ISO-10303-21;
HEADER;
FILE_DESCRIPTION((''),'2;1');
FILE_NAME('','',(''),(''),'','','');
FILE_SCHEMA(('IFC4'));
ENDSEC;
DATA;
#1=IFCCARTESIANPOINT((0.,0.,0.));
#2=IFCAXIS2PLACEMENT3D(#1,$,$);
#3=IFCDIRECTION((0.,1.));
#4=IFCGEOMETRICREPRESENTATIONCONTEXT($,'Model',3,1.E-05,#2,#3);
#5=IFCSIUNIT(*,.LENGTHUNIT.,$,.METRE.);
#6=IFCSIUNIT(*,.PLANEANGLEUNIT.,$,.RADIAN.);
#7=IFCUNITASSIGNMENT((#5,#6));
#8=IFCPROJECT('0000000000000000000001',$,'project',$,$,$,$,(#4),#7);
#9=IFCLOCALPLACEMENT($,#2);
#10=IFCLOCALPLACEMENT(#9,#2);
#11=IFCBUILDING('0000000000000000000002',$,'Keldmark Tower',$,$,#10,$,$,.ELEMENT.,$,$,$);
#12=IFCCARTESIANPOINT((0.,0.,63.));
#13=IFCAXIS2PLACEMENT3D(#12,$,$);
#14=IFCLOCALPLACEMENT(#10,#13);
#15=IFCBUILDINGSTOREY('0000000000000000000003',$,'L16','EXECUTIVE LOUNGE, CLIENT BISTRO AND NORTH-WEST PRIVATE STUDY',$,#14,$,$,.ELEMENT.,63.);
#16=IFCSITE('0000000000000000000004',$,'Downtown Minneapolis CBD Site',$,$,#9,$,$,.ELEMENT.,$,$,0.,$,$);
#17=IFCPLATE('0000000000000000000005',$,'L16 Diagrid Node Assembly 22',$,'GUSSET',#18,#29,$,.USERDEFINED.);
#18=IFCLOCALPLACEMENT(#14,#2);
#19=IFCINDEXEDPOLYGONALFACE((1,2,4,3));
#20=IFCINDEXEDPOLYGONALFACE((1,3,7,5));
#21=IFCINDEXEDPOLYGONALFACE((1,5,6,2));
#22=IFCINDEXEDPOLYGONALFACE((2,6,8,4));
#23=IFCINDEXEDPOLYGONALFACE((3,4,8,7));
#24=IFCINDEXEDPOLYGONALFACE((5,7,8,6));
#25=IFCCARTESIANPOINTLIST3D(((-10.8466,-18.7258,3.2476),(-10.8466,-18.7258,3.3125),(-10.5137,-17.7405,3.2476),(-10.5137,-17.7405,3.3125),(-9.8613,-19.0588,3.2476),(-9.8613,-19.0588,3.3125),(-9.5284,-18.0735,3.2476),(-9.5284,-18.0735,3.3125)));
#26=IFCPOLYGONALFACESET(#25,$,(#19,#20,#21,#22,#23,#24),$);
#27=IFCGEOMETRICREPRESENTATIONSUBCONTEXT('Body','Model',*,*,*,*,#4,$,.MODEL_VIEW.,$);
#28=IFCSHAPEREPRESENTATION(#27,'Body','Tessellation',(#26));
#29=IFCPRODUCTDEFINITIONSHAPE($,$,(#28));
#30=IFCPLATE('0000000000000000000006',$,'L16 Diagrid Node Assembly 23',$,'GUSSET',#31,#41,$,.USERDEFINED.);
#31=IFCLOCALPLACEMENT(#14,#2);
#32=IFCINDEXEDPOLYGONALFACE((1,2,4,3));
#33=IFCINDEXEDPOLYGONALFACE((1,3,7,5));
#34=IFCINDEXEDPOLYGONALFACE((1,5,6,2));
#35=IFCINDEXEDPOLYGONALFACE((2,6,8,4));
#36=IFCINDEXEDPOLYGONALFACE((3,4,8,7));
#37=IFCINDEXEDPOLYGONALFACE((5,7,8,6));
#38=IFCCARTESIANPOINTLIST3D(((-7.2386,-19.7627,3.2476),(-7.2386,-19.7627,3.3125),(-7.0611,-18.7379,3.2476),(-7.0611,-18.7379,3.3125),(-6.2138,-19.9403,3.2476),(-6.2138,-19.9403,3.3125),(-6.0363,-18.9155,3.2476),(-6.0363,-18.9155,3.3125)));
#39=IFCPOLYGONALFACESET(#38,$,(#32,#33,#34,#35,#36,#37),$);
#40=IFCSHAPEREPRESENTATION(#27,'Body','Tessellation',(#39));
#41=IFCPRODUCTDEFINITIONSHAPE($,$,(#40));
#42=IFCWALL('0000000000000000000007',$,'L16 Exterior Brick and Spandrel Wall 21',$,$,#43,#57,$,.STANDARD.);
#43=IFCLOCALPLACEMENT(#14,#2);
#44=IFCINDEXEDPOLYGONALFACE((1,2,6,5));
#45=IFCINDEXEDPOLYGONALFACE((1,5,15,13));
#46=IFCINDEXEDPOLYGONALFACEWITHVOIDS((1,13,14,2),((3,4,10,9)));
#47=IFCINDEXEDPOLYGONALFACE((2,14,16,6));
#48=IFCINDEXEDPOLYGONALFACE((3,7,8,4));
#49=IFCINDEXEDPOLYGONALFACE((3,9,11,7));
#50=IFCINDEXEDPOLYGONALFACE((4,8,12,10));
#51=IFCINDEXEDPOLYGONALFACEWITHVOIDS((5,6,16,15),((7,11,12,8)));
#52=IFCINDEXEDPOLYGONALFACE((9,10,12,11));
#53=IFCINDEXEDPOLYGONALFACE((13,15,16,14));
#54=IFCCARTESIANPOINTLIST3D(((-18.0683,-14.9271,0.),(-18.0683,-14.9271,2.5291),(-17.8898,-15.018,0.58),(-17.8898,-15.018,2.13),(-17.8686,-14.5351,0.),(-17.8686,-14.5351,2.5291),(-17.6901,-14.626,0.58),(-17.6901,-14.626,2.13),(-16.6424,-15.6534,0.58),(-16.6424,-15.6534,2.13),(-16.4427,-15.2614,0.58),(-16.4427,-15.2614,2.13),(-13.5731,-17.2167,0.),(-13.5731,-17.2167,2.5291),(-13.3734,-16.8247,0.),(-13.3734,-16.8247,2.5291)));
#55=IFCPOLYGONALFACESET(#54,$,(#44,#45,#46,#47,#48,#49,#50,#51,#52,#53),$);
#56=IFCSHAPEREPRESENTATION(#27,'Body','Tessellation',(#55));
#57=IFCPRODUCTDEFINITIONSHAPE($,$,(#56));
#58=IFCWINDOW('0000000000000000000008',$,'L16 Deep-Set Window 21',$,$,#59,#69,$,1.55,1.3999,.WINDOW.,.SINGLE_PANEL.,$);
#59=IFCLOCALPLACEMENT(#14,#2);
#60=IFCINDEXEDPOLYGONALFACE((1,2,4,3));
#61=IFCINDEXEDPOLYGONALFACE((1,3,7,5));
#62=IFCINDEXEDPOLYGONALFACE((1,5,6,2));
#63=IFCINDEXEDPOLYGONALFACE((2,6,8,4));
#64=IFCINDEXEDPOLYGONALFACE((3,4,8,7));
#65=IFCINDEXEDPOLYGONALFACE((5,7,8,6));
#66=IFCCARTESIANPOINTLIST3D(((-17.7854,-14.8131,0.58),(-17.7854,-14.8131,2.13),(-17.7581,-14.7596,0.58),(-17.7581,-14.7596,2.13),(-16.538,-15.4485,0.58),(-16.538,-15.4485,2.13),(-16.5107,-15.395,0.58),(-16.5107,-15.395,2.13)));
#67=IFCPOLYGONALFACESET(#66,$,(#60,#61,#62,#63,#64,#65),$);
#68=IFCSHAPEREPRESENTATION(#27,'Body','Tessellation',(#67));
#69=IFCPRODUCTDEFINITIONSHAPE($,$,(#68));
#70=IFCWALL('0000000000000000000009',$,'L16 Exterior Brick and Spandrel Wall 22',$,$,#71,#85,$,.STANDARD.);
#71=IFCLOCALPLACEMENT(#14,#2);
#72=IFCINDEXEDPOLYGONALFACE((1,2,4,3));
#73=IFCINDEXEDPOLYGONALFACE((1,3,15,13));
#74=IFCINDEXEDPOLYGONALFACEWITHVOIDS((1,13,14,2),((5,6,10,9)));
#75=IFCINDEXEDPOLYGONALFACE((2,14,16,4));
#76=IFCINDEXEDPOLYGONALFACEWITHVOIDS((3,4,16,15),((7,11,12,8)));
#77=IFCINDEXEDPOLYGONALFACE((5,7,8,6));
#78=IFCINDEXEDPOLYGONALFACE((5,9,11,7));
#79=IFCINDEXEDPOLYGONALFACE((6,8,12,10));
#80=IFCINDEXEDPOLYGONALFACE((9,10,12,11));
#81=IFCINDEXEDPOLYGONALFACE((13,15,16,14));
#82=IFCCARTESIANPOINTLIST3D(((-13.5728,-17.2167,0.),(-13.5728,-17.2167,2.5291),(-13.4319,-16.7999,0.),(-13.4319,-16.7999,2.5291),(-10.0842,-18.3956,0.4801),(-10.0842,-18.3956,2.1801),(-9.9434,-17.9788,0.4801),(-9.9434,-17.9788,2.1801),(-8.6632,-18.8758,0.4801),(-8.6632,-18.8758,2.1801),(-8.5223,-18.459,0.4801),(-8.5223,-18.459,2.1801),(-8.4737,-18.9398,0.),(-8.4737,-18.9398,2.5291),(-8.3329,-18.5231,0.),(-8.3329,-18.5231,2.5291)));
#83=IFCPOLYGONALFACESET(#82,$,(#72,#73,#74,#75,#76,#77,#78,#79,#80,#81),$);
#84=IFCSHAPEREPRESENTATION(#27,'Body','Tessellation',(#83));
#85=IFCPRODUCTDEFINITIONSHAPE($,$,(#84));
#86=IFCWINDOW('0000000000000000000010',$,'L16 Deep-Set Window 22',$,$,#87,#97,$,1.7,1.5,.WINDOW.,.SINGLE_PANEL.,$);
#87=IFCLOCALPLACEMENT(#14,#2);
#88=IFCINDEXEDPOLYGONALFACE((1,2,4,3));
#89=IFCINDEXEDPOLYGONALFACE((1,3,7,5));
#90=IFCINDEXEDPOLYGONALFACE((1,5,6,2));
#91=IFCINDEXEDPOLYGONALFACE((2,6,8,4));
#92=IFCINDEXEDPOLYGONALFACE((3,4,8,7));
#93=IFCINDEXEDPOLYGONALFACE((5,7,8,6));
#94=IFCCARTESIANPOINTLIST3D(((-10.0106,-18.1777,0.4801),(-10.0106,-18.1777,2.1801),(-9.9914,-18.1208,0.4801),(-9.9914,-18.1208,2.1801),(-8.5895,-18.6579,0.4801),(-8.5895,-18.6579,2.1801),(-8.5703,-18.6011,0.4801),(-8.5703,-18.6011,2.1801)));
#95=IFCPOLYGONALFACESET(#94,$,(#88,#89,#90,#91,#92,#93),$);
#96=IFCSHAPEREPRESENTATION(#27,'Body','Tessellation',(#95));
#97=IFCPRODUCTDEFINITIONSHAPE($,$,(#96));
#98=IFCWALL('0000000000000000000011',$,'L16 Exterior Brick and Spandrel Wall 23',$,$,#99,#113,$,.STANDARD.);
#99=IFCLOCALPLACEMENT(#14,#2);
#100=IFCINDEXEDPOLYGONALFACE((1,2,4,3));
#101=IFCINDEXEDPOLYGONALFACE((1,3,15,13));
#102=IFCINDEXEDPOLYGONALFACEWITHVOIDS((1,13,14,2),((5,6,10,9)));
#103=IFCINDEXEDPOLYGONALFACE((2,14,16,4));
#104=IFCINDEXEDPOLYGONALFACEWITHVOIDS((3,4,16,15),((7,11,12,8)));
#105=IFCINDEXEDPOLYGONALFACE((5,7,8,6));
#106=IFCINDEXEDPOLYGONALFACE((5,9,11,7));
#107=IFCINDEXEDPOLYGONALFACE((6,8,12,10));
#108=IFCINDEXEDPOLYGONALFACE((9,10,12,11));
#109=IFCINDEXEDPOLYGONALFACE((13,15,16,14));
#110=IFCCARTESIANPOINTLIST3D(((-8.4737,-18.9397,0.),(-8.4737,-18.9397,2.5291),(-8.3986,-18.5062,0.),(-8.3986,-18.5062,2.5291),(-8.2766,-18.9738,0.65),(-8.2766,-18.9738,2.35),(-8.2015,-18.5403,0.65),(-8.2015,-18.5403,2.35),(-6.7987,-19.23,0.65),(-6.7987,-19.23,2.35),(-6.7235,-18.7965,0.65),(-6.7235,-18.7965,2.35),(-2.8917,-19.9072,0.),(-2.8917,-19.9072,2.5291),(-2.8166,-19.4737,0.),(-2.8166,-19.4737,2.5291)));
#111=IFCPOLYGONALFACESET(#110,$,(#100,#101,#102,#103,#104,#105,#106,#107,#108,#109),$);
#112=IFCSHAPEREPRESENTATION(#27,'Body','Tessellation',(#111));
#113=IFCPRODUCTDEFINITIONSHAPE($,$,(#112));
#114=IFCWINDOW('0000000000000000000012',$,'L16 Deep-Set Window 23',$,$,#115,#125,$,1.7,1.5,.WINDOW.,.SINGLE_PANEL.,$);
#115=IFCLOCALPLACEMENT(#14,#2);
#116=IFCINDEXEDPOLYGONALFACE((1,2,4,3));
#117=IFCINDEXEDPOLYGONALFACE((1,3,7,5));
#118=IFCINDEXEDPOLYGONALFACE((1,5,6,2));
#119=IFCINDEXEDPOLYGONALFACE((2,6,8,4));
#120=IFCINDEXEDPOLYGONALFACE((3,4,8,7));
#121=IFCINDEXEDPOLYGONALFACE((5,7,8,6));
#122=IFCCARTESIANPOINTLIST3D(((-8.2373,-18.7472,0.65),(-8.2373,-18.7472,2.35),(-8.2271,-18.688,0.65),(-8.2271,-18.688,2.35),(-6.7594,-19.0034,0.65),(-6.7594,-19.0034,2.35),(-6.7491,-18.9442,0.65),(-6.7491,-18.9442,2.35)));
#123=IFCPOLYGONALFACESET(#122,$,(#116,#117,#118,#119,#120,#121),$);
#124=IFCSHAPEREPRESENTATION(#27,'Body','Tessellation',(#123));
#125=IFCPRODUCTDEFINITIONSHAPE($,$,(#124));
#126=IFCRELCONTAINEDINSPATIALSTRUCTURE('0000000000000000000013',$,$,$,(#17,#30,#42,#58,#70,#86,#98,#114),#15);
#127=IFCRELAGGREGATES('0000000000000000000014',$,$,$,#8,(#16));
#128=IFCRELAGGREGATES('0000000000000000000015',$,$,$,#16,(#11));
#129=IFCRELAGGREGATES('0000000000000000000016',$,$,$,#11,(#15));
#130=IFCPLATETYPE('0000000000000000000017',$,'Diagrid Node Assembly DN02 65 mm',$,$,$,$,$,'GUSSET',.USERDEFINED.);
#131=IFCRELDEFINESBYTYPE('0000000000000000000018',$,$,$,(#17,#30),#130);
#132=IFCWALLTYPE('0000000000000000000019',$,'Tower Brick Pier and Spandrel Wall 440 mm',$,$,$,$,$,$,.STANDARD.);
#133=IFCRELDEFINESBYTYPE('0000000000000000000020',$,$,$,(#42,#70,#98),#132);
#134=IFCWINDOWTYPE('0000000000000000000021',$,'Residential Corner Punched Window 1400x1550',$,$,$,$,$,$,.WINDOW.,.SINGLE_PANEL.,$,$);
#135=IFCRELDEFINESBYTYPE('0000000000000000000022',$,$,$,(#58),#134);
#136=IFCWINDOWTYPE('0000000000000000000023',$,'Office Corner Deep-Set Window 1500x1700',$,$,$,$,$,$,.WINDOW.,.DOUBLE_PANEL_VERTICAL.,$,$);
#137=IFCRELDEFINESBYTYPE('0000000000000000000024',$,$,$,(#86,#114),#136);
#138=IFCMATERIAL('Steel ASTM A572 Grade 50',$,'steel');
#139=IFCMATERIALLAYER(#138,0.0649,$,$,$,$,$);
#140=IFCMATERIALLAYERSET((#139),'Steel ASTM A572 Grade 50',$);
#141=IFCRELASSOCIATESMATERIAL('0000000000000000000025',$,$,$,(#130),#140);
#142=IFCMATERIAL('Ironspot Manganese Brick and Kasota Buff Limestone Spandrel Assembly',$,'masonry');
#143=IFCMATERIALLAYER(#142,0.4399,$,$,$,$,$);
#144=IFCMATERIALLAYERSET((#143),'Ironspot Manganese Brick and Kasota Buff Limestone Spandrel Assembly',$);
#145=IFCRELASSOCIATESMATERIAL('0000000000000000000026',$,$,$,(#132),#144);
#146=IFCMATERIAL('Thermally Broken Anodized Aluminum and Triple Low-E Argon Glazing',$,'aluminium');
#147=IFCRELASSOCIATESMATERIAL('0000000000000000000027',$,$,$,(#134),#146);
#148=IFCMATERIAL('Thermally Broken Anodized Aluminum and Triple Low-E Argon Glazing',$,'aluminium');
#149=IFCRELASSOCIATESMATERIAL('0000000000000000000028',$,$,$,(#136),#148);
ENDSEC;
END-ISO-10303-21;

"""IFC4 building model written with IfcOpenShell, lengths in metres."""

from ifc_helpers import new_model, si_unit, direction, frame, frame_2d, origin, origin_2d, place, context, subcontext, project, spatial, rectangle, extrude, material, layer, layer_set, type_object, element, fill, save


model = new_model("IFC4")

# Units and contexts
model_context = context("Model", 3, precision=1e-05, world=origin(), true_north=direction((0.0, 1.0)))
body_context = subcontext(model_context, "Body", "Model", "MODEL_VIEW")
ifc_project = project(units=[si_unit("LENGTHUNIT", "METRE"), si_unit("PLANEANGLEUNIT", "RADIAN")], contexts=[model_context])

# Site, building, storey
site_placement = place(None, origin())
site = spatial("IfcSite", under=ifc_project, at=site_placement, Name="Downtown Minneapolis CBD Site", CompositionType="ELEMENT", RefElevation=0.0)
building_placement = place(site_placement, origin())
building = spatial("IfcBuilding", under=site, at=building_placement, Name="Keldmark Tower", CompositionType="ELEMENT")
storey_placement = place(building_placement, frame((0.0, 0.0, 63.0)))
storey = spatial("IfcBuildingStorey", under=building, at=storey_placement, Name="L16", Description="EXECUTIVE LOUNGE, CLIENT BISTRO AND NORTH-WEST PRIVATE STUDY", CompositionType="ELEMENT", Elevation=63.0)

# Plates
ifc_material_1 = material(Name="Steel ASTM A572 Grade 50", Category="steel")
ifc_layer_1 = layer(ifc_material_1, 0.0649)
ifc_layer_set_1 = layer_set([ifc_layer_1], Name="Steel ASTM A572 Grade 50")
plate_type = type_object("IfcPlateType", Name="Diagrid Node Assembly DN02 65 mm", ElementType="GUSSET", PredefinedType="USERDEFINED", material=ifc_layer_set_1)
for number, where, z_axis, x_axis, name in (
    (1, (-10.1875, -18.3997, 3.2476), (0.0, 0.0, 1.0), (0.947378, -0.320117, 0.0), "L16 Diagrid Node Assembly 22"),
    (2, (-6.6375, -19.3391, 3.2476), (0.0, 0.0, 1.0), (0.985319, -0.170725, 0.0), "L16 Diagrid Node Assembly 23"),
):
    element("IfcPlate", number, at=place(storey_placement, frame(where, z_axis=z_axis, x_axis=x_axis)), inside=storey, type_object=plate_type, Name=name, ObjectType="GUSSET", PredefinedType="USERDEFINED", context=body_context, shape_type="SweptSolid", body=[
        extrude(rectangle(XDim=1.04, YDim=1.04, at=origin_2d()), origin(), (0.0, 0.0, 1.0), 0.0649),
    ])

# Walls, openings, windows
ifc_material_2 = material(Name="Ironspot Manganese Brick and Kasota Buff Limestone Spandrel Assembly", Category="masonry")
ifc_layer_2 = layer(ifc_material_2, 0.4399)
ifc_layer_set_2 = layer_set([ifc_layer_2], Name="Ironspot Manganese Brick and Kasota Buff Limestone Spandrel Assembly")
wall_type = type_object("IfcWallType", Name="Tower Brick Pier and Spandrel Wall 440 mm", PredefinedType="STANDARD", material=ifc_layer_set_2)
wall_1_placement = place(storey_placement, frame((-13.4731, -17.0208, 0.0), z_axis=(0.0, 0.0, 1.0), x_axis=(-0.891073, 0.453861, 0.0)))
wall_1 = element("IfcWall", 3, at=wall_1_placement, inside=storey, type_object=wall_type, Name="L16 Exterior Brick and Spandrel Wall 21", PredefinedType="STANDARD", context=body_context, shape_type="SweptSolid", body=[
    extrude(rectangle(XDim=5.0447, YDim=0.4399, at=frame_2d((2.5225, 0.0))), origin(), (0.0, 0.0, 1.0), 2.5291),
])
opening_1_placement = place(wall_1_placement, frame((3.4446, 0.0, 0.5801)))
opening_1 = element("IfcOpeningElement", 4, at=opening_1_placement, cuts=wall_1, PredefinedType="OPENING", context=body_context, shape_type="SweptSolid", body=[
    extrude(rectangle(XDim=1.3999, YDim=1.55, at=frame_2d((0.7, 0.7749))), frame((0.0, 0.23, 0.0), z_axis=(0.0, -1.0, 0.0), x_axis=(1.0, 0.0, 0.0)), (0.0, 0.0, 1.0), 0.46),
])
ifc_material_3 = material(Name="Thermally Broken Anodized Aluminum and Triple Low-E Argon Glazing", Category="aluminium")
window_type_1 = type_object("IfcWindowType", Name="Residential Corner Punched Window 1400x1550", PartitioningType="SINGLE_PANEL", PredefinedType="WINDOW", material=ifc_material_3)
window_1_placement = place(opening_1_placement, origin())
window_1 = element("IfcWindow", 5, at=window_1_placement, inside=storey, type_object=window_type_1, Name="L16 Deep-Set Window 21", OverallHeight=1.55, OverallWidth=1.3999, PartitioningType="SINGLE_PANEL", PredefinedType="WINDOW", context=body_context, shape_type="SweptSolid", body=[
    extrude(rectangle(XDim=1.3999, YDim=1.55, at=frame_2d((0.7, 0.7749))), frame((0.0, -0.01, 0.0), z_axis=(0.0, -1.0, 0.0), x_axis=(1.0, 0.0, 0.0)), (0.0, 0.0, 1.0), 0.0601),
])
fill(opening_1, window_1)
wall_2_placement = place(storey_placement, frame((-8.4033, -18.7314, 0.0), z_axis=(0.0, 0.0, 1.0), x_axis=(-0.947369, 0.320144, 0.0)))
wall_2 = element("IfcWall", 6, at=wall_2_placement, inside=storey, type_object=wall_type, Name="L16 Exterior Brick and Spandrel Wall 22", PredefinedType="STANDARD", context=body_context, shape_type="SweptSolid", body=[
    extrude(rectangle(XDim=5.3823, YDim=0.4399, at=frame_2d((2.6912, 0.0))), origin(), (0.0, 0.0, 1.0), 2.5291),
])
opening_2_placement = place(wall_2_placement, frame((0.2, 0.0, 0.48)))
opening_2 = element("IfcOpeningElement", 7, at=opening_2_placement, cuts=wall_2, PredefinedType="OPENING", context=body_context, shape_type="SweptSolid", body=[
    extrude(rectangle(XDim=1.5, YDim=1.7, at=frame_2d((0.75, 0.8501))), frame((0.0, 0.23, 0.0), z_axis=(0.0, -1.0, 0.0), x_axis=(1.0, 0.0, 0.0)), (0.0, 0.0, 1.0), 0.46),
])
ifc_material_4 = material(Name="Thermally Broken Anodized Aluminum and Triple Low-E Argon Glazing", Category="aluminium")
window_type_2 = type_object("IfcWindowType", Name="Office Corner Deep-Set Window 1500x1700", PartitioningType="DOUBLE_PANEL_VERTICAL", PredefinedType="WINDOW", material=ifc_material_4)
window_2_placement = place(opening_2_placement, origin())
window_2 = element("IfcWindow", 8, at=window_2_placement, inside=storey, type_object=window_type_2, Name="L16 Deep-Set Window 22", OverallHeight=1.7, OverallWidth=1.5, PartitioningType="SINGLE_PANEL", PredefinedType="WINDOW", context=body_context, shape_type="SweptSolid", body=[
    extrude(rectangle(XDim=1.5, YDim=1.7, at=frame_2d((0.75, 0.8501))), frame((0.0, -0.01, 0.0), z_axis=(0.0, -1.0, 0.0), x_axis=(1.0, 0.0, 0.0)), (0.0, 0.0, 1.0), 0.0601),
])
fill(opening_2, window_2)
wall_3_placement = place(storey_placement, frame((-2.8542, -19.6904, 0.0), z_axis=(0.0, 0.0, 1.0), x_axis=(-0.985309, 0.170783, 0.0)))
wall_3 = element("IfcWall", 9, at=wall_3_placement, inside=storey, type_object=wall_type, Name="L16 Exterior Brick and Spandrel Wall 23", PredefinedType="STANDARD", context=body_context, shape_type="SweptSolid", body=[
    extrude(rectangle(XDim=5.6653, YDim=0.4399, at=frame_2d((2.8325, 0.0))), origin(), (0.0, 0.0, 1.0), 2.5291),
])
opening_3_placement = place(wall_3_placement, frame((3.9651, 0.0, 0.6499)))
opening_3 = element("IfcOpeningElement", 10, at=opening_3_placement, cuts=wall_3, PredefinedType="OPENING", context=body_context, shape_type="SweptSolid", body=[
    extrude(rectangle(XDim=1.5, YDim=1.7, at=frame_2d((0.75, 0.8501))), frame((0.0, 0.23, 0.0), z_axis=(0.0, -1.0, 0.0), x_axis=(1.0, 0.0, 0.0)), (0.0, 0.0, 1.0), 0.46),
])
window_3_placement = place(opening_3_placement, origin())
window_3 = element("IfcWindow", 11, at=window_3_placement, inside=storey, type_object=window_type_2, Name="L16 Deep-Set Window 23", OverallHeight=1.7, OverallWidth=1.5, PartitioningType="SINGLE_PANEL", PredefinedType="WINDOW", context=body_context, shape_type="SweptSolid", body=[
    extrude(rectangle(XDim=1.5, YDim=1.7, at=frame_2d((0.75, 0.8501))), frame((0.0, -0.01, 0.0), z_axis=(0.0, -1.0, 0.0), x_axis=(1.0, 0.0, 0.0)), (0.0, 0.0, 1.0), 0.0601),
])
fill(opening_3, window_3)

save(model, "model.ifc")
